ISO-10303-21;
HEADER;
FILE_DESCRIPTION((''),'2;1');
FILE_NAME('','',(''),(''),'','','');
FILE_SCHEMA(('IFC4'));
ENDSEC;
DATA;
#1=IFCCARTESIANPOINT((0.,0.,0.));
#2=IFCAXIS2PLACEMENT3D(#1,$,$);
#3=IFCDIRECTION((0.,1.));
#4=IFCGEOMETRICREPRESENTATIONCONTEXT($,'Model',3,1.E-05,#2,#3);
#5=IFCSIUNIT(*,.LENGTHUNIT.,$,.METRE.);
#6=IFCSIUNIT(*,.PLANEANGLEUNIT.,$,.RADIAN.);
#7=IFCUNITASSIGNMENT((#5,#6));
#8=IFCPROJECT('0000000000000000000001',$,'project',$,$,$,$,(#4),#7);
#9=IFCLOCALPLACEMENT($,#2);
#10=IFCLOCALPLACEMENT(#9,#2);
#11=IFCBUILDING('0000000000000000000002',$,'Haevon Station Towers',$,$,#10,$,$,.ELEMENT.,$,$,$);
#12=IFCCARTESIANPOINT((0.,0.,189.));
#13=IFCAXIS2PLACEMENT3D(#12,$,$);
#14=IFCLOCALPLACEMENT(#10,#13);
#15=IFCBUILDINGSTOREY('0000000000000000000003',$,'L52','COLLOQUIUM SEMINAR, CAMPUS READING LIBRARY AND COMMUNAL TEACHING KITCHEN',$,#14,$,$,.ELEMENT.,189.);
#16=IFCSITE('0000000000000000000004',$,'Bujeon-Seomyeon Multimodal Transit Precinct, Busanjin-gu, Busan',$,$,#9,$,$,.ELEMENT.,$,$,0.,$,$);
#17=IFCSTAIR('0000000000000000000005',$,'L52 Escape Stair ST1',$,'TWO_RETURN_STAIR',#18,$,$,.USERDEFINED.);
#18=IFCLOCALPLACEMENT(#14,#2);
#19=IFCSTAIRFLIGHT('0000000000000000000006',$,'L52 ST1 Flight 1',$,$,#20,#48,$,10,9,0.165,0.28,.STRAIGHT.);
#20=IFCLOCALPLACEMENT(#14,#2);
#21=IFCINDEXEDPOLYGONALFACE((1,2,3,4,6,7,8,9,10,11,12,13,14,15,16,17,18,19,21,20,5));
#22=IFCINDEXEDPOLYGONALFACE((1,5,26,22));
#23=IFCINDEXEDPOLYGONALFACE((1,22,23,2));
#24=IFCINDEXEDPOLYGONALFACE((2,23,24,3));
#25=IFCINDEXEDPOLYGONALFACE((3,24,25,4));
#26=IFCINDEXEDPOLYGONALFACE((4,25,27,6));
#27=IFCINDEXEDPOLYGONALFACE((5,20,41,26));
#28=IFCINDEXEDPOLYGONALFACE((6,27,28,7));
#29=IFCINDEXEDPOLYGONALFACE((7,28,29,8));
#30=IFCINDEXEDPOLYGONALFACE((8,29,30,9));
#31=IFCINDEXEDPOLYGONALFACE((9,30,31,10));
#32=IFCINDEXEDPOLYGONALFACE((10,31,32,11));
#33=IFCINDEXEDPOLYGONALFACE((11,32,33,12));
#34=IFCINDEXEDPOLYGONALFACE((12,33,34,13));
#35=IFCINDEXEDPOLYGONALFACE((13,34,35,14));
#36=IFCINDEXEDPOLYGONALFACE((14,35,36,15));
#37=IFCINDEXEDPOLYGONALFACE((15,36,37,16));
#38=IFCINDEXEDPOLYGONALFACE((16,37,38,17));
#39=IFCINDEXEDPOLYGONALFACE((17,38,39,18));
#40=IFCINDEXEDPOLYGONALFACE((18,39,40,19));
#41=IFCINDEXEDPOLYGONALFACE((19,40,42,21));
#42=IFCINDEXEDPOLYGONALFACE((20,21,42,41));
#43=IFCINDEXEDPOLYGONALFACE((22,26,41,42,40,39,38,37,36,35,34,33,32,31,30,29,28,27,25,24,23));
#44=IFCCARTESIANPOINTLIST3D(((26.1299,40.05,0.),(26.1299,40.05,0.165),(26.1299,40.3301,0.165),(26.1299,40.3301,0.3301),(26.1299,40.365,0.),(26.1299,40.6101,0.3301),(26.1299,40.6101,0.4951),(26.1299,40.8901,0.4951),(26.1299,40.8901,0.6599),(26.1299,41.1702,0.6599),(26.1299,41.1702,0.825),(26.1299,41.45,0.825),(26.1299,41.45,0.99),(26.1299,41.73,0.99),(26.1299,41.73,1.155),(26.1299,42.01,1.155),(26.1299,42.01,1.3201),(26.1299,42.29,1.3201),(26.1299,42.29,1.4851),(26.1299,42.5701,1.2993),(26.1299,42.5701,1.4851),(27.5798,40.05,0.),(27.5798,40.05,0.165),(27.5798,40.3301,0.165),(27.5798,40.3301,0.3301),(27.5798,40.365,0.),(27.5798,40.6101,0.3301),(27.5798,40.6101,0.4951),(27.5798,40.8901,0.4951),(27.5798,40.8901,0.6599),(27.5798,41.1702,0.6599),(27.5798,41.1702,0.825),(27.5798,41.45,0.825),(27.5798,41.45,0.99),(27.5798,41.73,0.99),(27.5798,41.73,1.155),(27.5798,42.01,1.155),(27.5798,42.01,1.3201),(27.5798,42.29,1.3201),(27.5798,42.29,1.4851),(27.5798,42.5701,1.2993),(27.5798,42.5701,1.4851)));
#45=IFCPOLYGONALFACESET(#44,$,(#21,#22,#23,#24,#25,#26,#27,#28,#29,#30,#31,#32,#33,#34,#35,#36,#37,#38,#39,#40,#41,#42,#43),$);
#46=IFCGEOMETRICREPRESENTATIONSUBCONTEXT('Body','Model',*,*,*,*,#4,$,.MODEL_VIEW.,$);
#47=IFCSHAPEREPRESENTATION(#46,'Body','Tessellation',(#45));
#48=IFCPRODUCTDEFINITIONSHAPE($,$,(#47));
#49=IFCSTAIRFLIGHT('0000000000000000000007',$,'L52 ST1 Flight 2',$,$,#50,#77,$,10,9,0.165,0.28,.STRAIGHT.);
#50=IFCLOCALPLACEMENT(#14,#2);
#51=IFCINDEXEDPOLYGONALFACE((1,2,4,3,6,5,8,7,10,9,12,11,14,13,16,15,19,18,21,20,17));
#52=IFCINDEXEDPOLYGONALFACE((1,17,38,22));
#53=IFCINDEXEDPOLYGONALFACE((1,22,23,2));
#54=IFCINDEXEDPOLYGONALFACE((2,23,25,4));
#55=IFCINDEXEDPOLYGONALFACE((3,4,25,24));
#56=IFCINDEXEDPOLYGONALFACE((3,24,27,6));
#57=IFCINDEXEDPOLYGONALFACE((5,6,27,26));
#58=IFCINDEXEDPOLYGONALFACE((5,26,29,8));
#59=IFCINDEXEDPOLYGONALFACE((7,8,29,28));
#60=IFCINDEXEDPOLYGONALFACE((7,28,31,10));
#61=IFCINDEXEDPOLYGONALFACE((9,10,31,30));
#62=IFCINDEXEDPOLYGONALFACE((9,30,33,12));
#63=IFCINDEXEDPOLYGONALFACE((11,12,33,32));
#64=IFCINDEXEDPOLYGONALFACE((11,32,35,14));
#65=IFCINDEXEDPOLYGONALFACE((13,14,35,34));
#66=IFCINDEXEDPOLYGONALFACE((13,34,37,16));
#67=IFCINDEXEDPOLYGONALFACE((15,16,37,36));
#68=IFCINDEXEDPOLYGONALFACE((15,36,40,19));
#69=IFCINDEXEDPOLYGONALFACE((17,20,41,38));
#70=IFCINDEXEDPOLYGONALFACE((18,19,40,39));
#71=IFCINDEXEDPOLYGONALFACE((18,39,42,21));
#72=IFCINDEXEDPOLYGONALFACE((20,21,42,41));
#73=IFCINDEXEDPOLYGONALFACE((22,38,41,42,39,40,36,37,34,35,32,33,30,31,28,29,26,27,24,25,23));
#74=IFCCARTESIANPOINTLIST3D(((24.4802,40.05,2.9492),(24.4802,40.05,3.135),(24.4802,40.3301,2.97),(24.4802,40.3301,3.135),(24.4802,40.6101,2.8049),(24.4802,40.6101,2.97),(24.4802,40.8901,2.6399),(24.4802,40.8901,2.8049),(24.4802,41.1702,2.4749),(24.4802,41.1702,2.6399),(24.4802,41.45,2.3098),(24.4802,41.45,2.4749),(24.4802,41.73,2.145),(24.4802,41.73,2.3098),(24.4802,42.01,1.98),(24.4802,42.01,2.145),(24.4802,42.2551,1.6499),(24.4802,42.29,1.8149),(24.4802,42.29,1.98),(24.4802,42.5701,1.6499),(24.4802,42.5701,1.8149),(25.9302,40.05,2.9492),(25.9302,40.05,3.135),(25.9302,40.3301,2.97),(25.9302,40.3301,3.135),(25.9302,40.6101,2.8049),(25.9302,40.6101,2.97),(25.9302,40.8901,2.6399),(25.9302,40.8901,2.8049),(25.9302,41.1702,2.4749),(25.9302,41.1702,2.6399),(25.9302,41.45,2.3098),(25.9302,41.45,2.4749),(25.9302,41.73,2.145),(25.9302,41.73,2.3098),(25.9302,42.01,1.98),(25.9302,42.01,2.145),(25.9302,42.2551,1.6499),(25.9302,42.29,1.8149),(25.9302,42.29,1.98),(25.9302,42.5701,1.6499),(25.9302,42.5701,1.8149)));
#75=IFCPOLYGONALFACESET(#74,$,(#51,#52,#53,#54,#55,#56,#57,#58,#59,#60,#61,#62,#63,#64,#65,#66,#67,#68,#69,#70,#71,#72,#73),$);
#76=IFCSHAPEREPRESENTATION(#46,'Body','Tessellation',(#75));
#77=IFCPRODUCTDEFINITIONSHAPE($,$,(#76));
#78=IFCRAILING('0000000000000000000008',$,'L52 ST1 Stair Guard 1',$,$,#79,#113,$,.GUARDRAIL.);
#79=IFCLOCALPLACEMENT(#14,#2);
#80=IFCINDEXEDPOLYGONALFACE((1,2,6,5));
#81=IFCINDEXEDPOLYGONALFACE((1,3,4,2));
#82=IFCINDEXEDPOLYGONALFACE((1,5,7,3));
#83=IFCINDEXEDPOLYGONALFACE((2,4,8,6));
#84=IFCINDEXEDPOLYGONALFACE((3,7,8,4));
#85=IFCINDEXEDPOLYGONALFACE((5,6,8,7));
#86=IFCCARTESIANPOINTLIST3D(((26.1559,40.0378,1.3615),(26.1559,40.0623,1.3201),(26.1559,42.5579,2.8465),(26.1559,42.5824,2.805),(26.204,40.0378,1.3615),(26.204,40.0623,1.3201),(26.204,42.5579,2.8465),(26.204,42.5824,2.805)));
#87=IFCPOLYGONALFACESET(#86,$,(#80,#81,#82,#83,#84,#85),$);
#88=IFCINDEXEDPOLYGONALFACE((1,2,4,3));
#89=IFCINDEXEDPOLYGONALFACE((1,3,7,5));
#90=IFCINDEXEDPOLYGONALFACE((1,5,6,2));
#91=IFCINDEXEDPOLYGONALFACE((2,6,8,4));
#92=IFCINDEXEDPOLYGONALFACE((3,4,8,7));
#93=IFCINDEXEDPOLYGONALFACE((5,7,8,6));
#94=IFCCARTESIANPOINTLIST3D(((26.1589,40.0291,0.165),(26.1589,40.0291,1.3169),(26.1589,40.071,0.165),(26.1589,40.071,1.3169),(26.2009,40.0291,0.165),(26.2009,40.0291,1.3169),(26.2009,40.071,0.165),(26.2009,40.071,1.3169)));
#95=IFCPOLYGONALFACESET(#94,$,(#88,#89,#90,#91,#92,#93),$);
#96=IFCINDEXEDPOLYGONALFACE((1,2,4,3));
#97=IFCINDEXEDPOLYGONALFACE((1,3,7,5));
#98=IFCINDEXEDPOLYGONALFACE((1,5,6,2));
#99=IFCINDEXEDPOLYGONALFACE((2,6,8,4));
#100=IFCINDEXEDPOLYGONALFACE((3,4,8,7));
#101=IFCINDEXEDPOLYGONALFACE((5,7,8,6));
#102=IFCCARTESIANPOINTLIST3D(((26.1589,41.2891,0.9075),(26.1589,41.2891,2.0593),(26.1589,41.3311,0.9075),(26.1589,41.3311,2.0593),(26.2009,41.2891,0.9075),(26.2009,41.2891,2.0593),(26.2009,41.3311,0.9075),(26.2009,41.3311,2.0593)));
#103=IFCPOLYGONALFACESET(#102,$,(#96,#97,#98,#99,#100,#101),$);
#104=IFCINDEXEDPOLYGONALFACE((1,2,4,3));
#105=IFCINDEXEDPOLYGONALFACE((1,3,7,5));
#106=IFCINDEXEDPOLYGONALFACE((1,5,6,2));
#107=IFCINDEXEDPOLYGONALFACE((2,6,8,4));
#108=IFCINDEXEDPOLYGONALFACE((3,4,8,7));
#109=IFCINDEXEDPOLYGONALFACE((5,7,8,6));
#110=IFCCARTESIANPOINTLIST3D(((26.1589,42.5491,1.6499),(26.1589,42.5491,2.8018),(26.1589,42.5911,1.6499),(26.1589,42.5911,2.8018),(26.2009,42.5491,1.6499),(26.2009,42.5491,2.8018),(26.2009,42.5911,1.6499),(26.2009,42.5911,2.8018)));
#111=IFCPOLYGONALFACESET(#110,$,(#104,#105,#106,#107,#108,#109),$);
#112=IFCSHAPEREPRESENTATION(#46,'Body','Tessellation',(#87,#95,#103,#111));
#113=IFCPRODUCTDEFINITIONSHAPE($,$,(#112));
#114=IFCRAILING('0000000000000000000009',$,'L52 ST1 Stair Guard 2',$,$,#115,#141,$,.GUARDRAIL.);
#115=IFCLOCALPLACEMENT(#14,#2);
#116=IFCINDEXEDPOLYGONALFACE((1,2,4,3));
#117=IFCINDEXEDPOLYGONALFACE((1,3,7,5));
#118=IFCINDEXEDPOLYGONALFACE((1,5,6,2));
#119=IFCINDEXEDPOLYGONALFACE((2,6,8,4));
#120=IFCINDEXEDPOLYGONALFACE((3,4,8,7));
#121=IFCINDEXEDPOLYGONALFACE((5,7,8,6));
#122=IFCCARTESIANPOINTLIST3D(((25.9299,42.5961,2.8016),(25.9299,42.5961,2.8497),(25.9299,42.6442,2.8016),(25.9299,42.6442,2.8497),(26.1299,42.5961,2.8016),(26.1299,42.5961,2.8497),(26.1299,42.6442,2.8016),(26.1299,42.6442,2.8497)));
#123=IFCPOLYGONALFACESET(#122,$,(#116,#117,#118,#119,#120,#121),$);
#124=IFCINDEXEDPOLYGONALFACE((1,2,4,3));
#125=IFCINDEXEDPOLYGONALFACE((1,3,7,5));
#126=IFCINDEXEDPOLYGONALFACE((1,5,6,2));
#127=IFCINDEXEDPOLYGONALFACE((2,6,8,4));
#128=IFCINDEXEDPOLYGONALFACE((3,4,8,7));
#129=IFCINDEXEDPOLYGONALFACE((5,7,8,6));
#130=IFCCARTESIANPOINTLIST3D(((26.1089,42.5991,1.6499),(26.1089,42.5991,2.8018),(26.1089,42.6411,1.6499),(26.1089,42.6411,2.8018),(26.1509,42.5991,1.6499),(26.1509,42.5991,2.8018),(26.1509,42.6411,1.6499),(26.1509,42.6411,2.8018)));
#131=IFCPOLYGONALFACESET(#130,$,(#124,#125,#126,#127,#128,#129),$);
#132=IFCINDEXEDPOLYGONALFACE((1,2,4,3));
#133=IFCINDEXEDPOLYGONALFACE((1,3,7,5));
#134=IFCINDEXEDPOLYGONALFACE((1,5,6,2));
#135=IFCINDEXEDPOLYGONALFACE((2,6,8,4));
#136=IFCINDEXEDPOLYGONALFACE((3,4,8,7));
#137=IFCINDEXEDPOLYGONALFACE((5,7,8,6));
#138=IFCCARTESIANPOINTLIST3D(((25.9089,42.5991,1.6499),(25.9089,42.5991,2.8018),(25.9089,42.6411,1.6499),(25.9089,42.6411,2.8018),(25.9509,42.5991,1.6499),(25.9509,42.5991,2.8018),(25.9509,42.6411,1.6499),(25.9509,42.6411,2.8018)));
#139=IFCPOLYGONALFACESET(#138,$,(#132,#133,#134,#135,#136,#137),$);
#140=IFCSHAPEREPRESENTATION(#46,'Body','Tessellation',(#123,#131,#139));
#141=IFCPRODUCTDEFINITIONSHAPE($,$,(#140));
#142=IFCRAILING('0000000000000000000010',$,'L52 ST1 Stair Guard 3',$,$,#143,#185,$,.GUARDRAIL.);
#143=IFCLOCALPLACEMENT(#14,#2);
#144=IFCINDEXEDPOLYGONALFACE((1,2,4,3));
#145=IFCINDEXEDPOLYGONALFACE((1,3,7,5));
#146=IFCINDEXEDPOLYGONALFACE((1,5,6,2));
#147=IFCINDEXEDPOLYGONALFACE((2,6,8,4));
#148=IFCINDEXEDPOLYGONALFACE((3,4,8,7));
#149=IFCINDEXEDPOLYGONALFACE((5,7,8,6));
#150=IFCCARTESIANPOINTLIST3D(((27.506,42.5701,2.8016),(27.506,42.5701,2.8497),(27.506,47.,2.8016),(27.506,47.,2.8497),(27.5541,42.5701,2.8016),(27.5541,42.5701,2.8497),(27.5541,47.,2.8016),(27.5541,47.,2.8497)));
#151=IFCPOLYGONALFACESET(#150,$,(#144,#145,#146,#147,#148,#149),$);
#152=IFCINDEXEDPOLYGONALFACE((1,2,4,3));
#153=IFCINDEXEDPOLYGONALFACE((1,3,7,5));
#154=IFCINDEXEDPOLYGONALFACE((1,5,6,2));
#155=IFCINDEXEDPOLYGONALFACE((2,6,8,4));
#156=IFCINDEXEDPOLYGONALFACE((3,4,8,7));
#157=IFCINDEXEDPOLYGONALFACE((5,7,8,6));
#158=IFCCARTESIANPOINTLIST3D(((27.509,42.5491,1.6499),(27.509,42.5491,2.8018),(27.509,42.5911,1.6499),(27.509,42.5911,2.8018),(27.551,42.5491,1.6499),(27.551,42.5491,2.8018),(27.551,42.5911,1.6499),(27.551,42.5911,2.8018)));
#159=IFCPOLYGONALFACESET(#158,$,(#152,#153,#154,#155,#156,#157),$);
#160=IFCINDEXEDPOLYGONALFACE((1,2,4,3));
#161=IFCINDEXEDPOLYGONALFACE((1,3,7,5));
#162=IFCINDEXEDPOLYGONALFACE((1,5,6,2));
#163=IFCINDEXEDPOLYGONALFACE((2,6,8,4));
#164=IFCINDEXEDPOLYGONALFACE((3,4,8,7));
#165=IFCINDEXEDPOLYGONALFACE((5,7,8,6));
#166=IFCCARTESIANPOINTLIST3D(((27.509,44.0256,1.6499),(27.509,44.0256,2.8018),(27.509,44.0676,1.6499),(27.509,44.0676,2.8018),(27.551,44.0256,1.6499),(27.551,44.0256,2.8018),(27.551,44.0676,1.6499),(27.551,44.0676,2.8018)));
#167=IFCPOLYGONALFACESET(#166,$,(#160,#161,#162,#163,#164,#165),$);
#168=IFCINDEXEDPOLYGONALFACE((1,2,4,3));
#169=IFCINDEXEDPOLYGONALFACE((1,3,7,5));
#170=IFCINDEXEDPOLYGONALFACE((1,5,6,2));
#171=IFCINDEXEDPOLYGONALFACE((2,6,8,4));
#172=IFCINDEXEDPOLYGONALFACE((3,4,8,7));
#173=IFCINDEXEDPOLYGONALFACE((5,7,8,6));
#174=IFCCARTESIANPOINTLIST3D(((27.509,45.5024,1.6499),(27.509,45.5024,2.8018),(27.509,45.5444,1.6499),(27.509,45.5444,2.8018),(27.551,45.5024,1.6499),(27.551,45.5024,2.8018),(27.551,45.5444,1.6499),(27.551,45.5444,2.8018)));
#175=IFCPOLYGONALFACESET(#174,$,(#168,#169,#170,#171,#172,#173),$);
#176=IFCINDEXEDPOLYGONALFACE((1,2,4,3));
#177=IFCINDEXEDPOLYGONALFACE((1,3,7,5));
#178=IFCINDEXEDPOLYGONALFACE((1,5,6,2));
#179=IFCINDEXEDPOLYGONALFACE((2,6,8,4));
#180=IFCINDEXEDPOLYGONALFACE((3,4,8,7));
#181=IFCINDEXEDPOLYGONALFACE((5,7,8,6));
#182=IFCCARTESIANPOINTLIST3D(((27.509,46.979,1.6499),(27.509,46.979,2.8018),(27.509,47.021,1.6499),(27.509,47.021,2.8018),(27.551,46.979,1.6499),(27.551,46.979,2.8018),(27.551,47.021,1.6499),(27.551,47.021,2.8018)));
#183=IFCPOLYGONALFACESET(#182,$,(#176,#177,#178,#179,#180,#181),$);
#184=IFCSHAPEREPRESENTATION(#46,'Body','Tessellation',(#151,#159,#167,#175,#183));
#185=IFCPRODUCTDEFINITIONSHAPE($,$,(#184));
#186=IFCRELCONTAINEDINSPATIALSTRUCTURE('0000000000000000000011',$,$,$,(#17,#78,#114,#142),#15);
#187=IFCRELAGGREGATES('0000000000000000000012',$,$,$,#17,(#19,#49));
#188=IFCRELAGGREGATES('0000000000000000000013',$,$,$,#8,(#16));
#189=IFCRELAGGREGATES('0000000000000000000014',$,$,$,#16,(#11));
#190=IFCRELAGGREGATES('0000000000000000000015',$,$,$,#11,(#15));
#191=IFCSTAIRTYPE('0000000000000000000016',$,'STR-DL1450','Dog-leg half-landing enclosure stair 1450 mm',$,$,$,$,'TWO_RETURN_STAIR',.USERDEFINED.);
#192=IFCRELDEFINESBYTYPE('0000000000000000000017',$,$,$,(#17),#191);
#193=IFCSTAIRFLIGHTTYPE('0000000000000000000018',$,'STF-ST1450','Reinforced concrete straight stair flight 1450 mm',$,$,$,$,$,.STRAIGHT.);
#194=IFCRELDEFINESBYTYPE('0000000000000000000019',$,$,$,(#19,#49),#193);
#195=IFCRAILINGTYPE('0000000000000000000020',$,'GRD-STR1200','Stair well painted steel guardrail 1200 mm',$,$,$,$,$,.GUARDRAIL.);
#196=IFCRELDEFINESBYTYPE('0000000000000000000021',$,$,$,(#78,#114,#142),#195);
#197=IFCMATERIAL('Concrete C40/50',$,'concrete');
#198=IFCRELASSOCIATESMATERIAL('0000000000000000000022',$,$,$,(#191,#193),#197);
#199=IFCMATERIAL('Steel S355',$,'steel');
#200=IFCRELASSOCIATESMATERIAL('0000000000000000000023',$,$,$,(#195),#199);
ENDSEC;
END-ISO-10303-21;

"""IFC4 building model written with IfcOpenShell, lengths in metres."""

from ifc_helpers import new_model, si_unit, direction, frame, origin, origin_2d, place, context, subcontext, project, spatial, polyline, rectangle, outline, extrude, material, type_object, element, aggregate, save


model = new_model("IFC4")

# Units and contexts
model_context = context("Model", 3, precision=1e-05, world=origin(), true_north=direction((0.0, 1.0)))
body_context = subcontext(model_context, "Body", "Model", "MODEL_VIEW")
ifc_project = project(units=[si_unit("LENGTHUNIT", "METRE"), si_unit("PLANEANGLEUNIT", "RADIAN")], contexts=[model_context])

# Site, building, storey
site_placement = place(None, origin())
site = spatial("IfcSite", under=ifc_project, at=site_placement, Name="Bujeon-Seomyeon Multimodal Transit Precinct, Busanjin-gu, Busan", CompositionType="ELEMENT", RefElevation=0.0)
building_placement = place(site_placement, origin())
building = spatial("IfcBuilding", under=site, at=building_placement, Name="Haevon Station Towers", CompositionType="ELEMENT")
storey_placement = place(building_placement, frame((0.0, 0.0, 189.0)))
storey = spatial("IfcBuildingStorey", under=building, at=storey_placement, Name="L52", Description="COLLOQUIUM SEMINAR, CAMPUS READING LIBRARY AND COMMUNAL TEACHING KITCHEN", CompositionType="ELEMENT", Elevation=189.0)

# Shared definitions
ifc_material_1 = material(Name="Steel S355", Category="steel")

# Shared definitions
ifc_material_2 = material(Name="Concrete C40/50", Category="concrete")

# Stair, stair flights
stair_type = type_object("IfcStairType", Name="STR-DL1450", Description="Dog-leg half-landing enclosure stair 1450 mm", ElementType="TWO_RETURN_STAIR", PredefinedType="USERDEFINED", material=ifc_material_2)
stair_placement = place(storey_placement, origin())
stair = element("IfcStair", 1, at=stair_placement, inside=storey, type_object=stair_type, Name="L52 Escape Stair ST1", ObjectType="TWO_RETURN_STAIR", PredefinedType="USERDEFINED")
stair_flight_type = type_object("IfcStairFlightType", Name="STF-ST1450", Description="Reinforced concrete straight stair flight 1450 mm", PredefinedType="STRAIGHT", material=ifc_material_2)
stair_flight_1_placement = place(storey_placement, frame((26.855, 40.05, 0.0), z_axis=(0.0, 0.0, 1.0), x_axis=(0.0, 1.0, 0.0)))
stair_flight_1 = element("IfcStairFlight", 2, at=stair_flight_1_placement, type_object=stair_flight_type, Name="L52 ST1 Flight 1", NumberOfRisers=10, NumberOfTreads=9, PredefinedType="STRAIGHT", RiserHeight=0.165, TreadLength=0.28, context=body_context, shape_type="SweptSolid", body=[
    extrude(outline(polyline([(0.0, 0.0), (0.0, 0.165), (0.28, 0.165), (0.28, 0.3301), (0.5601, 0.3301), (0.5601, 0.4951), (0.8401, 0.4951), (0.8401, 0.6599), (1.1201, 0.6599), (1.1201, 0.825), (1.3999, 0.825), (1.3999, 0.99), (1.6799, 0.99), (1.6799, 1.155), (1.96, 1.155), (1.96, 1.3201), (2.24, 1.3201), (2.24, 1.4851), (2.52, 1.4851), (2.52, 1.6499), (2.52, 1.2993), (0.3149, 0.0), (0.0, 0.0)])), frame((0.0, 0.7251, 0.0), z_axis=(0.0, -1.0, 0.0), x_axis=(1.0, 0.0, 0.0)), (0.0, 0.0, 1.0), 1.45),
])
stair_flight_2_placement = place(storey_placement, frame((25.2051, 42.5701, 1.6499), z_axis=(0.0, 0.0, 1.0), x_axis=(0.0, -1.0, 0.0)))
stair_flight_2 = element("IfcStairFlight", 3, at=stair_flight_2_placement, type_object=stair_flight_type, Name="L52 ST1 Flight 2", NumberOfRisers=10, NumberOfTreads=9, PredefinedType="STRAIGHT", RiserHeight=0.165, TreadLength=0.28, context=body_context, shape_type="SweptSolid", body=[
    extrude(outline(polyline([(0.0, 0.0), (0.0, 0.165), (0.28, 0.165), (0.28, 0.3301), (0.5601, 0.3301), (0.5601, 0.4951), (0.8401, 0.4951), (0.8401, 0.6599), (1.1201, 0.6599), (1.1201, 0.825), (1.3999, 0.825), (1.3999, 0.99), (1.6799, 0.99), (1.6799, 1.155), (1.96, 1.155), (1.96, 1.3201), (2.24, 1.3201), (2.24, 1.4851), (2.52, 1.4851), (2.52, 1.6499), (2.52, 1.2993), (0.3149, 0.0), (0.0, 0.0)])), frame((0.0, 0.7251, 0.0), z_axis=(0.0, -1.0, 0.0), x_axis=(1.0, 0.0, 0.0)), (0.0, 0.0, 1.0), 1.45),
])
aggregate(stair, [stair_flight_1, stair_flight_2])

# Railings
railing_type_1 = type_object("IfcRailingType", Name="GRD-STR1200", Description="Stair well painted steel guardrail 1200 mm", PredefinedType="GUARDRAIL", material=ifc_material_1)
railing_1_placement = place(storey_placement, frame((26.1799, 40.05, 0.165)))
element("IfcRailing", 4, at=railing_1_placement, inside=storey, type_object=railing_type_1, Name="L52 ST1 Stair Guard 1", PredefinedType="GUARDRAIL", context=body_context, shape_type="SweptSolid", body=[
    extrude(rectangle(XDim=0.0481, YDim=0.0481, at=origin_2d()), frame((0.0, 0.0, 1.1758), z_axis=(0.0, 0.861561, 0.507655), x_axis=(-1.0, 0.0, 0.0)), (0.0, 0.0, 1.0), 2.925),
    extrude(rectangle(XDim=0.042, YDim=0.042, at=origin_2d()), origin(), (0.0, 0.0, 1.0), 1.1519),
    extrude(rectangle(XDim=0.042, YDim=0.042, at=origin_2d()), frame((0.0, 1.26, 0.7424)), (0.0, 0.0, 1.0), 1.1519),
    extrude(rectangle(XDim=0.042, YDim=0.042, at=origin_2d()), frame((0.0, 2.52, 1.4849)), (0.0, 0.0, 1.0), 1.1519),
])
railing_2_placement = place(storey_placement, frame((26.1299, 42.6201, 1.6499)))
element("IfcRailing", 5, at=railing_2_placement, inside=storey, type_object=railing_type_1, Name="L52 ST1 Stair Guard 2", PredefinedType="GUARDRAIL", context=body_context, shape_type="SweptSolid", body=[
    extrude(rectangle(XDim=0.0481, YDim=0.0481, at=origin_2d()), frame((0.0, 0.0, 1.1758), z_axis=(-1.0, 0.0, 0.0), x_axis=(0.0, -1.0, 0.0)), (0.0, 0.0, 1.0), 0.2),
    extrude(rectangle(XDim=0.042, YDim=0.042, at=origin_2d()), origin(), (0.0, 0.0, 1.0), 1.1519),
    extrude(rectangle(XDim=0.042, YDim=0.042, at=origin_2d()), frame((-0.2, 0.0, 0.0)), (0.0, 0.0, 1.0), 1.1519),
])
railing_3_placement = place(storey_placement, frame((27.53, 42.5701, 1.6499)))
element("IfcRailing", 6, at=railing_3_placement, inside=storey, type_object=railing_type_1, Name="L52 ST1 Stair Guard 3", PredefinedType="GUARDRAIL", context=body_context, shape_type="SweptSolid", body=[
    extrude(rectangle(XDim=0.0481, YDim=0.0481, at=origin_2d()), frame((0.0, 0.0, 1.1758), z_axis=(0.0, 1.0, 0.0), x_axis=(-1.0, 0.0, 0.0)), (0.0, 0.0, 1.0), 4.4299),
    extrude(rectangle(XDim=0.042, YDim=0.042, at=origin_2d()), origin(), (0.0, 0.0, 1.0), 1.1519),
    extrude(rectangle(XDim=0.042, YDim=0.042, at=origin_2d()), frame((0.0, 1.4766, 0.0)), (0.0, 0.0, 1.0), 1.1519),
    extrude(rectangle(XDim=0.042, YDim=0.042, at=origin_2d()), frame((0.0, 2.9534, 0.0)), (0.0, 0.0, 1.0), 1.1519),
    extrude(rectangle(XDim=0.042, YDim=0.042, at=origin_2d()), frame((0.0, 4.4299, 0.0)), (0.0, 0.0, 1.0), 1.1519),
])

save(model, "model.ifc")
